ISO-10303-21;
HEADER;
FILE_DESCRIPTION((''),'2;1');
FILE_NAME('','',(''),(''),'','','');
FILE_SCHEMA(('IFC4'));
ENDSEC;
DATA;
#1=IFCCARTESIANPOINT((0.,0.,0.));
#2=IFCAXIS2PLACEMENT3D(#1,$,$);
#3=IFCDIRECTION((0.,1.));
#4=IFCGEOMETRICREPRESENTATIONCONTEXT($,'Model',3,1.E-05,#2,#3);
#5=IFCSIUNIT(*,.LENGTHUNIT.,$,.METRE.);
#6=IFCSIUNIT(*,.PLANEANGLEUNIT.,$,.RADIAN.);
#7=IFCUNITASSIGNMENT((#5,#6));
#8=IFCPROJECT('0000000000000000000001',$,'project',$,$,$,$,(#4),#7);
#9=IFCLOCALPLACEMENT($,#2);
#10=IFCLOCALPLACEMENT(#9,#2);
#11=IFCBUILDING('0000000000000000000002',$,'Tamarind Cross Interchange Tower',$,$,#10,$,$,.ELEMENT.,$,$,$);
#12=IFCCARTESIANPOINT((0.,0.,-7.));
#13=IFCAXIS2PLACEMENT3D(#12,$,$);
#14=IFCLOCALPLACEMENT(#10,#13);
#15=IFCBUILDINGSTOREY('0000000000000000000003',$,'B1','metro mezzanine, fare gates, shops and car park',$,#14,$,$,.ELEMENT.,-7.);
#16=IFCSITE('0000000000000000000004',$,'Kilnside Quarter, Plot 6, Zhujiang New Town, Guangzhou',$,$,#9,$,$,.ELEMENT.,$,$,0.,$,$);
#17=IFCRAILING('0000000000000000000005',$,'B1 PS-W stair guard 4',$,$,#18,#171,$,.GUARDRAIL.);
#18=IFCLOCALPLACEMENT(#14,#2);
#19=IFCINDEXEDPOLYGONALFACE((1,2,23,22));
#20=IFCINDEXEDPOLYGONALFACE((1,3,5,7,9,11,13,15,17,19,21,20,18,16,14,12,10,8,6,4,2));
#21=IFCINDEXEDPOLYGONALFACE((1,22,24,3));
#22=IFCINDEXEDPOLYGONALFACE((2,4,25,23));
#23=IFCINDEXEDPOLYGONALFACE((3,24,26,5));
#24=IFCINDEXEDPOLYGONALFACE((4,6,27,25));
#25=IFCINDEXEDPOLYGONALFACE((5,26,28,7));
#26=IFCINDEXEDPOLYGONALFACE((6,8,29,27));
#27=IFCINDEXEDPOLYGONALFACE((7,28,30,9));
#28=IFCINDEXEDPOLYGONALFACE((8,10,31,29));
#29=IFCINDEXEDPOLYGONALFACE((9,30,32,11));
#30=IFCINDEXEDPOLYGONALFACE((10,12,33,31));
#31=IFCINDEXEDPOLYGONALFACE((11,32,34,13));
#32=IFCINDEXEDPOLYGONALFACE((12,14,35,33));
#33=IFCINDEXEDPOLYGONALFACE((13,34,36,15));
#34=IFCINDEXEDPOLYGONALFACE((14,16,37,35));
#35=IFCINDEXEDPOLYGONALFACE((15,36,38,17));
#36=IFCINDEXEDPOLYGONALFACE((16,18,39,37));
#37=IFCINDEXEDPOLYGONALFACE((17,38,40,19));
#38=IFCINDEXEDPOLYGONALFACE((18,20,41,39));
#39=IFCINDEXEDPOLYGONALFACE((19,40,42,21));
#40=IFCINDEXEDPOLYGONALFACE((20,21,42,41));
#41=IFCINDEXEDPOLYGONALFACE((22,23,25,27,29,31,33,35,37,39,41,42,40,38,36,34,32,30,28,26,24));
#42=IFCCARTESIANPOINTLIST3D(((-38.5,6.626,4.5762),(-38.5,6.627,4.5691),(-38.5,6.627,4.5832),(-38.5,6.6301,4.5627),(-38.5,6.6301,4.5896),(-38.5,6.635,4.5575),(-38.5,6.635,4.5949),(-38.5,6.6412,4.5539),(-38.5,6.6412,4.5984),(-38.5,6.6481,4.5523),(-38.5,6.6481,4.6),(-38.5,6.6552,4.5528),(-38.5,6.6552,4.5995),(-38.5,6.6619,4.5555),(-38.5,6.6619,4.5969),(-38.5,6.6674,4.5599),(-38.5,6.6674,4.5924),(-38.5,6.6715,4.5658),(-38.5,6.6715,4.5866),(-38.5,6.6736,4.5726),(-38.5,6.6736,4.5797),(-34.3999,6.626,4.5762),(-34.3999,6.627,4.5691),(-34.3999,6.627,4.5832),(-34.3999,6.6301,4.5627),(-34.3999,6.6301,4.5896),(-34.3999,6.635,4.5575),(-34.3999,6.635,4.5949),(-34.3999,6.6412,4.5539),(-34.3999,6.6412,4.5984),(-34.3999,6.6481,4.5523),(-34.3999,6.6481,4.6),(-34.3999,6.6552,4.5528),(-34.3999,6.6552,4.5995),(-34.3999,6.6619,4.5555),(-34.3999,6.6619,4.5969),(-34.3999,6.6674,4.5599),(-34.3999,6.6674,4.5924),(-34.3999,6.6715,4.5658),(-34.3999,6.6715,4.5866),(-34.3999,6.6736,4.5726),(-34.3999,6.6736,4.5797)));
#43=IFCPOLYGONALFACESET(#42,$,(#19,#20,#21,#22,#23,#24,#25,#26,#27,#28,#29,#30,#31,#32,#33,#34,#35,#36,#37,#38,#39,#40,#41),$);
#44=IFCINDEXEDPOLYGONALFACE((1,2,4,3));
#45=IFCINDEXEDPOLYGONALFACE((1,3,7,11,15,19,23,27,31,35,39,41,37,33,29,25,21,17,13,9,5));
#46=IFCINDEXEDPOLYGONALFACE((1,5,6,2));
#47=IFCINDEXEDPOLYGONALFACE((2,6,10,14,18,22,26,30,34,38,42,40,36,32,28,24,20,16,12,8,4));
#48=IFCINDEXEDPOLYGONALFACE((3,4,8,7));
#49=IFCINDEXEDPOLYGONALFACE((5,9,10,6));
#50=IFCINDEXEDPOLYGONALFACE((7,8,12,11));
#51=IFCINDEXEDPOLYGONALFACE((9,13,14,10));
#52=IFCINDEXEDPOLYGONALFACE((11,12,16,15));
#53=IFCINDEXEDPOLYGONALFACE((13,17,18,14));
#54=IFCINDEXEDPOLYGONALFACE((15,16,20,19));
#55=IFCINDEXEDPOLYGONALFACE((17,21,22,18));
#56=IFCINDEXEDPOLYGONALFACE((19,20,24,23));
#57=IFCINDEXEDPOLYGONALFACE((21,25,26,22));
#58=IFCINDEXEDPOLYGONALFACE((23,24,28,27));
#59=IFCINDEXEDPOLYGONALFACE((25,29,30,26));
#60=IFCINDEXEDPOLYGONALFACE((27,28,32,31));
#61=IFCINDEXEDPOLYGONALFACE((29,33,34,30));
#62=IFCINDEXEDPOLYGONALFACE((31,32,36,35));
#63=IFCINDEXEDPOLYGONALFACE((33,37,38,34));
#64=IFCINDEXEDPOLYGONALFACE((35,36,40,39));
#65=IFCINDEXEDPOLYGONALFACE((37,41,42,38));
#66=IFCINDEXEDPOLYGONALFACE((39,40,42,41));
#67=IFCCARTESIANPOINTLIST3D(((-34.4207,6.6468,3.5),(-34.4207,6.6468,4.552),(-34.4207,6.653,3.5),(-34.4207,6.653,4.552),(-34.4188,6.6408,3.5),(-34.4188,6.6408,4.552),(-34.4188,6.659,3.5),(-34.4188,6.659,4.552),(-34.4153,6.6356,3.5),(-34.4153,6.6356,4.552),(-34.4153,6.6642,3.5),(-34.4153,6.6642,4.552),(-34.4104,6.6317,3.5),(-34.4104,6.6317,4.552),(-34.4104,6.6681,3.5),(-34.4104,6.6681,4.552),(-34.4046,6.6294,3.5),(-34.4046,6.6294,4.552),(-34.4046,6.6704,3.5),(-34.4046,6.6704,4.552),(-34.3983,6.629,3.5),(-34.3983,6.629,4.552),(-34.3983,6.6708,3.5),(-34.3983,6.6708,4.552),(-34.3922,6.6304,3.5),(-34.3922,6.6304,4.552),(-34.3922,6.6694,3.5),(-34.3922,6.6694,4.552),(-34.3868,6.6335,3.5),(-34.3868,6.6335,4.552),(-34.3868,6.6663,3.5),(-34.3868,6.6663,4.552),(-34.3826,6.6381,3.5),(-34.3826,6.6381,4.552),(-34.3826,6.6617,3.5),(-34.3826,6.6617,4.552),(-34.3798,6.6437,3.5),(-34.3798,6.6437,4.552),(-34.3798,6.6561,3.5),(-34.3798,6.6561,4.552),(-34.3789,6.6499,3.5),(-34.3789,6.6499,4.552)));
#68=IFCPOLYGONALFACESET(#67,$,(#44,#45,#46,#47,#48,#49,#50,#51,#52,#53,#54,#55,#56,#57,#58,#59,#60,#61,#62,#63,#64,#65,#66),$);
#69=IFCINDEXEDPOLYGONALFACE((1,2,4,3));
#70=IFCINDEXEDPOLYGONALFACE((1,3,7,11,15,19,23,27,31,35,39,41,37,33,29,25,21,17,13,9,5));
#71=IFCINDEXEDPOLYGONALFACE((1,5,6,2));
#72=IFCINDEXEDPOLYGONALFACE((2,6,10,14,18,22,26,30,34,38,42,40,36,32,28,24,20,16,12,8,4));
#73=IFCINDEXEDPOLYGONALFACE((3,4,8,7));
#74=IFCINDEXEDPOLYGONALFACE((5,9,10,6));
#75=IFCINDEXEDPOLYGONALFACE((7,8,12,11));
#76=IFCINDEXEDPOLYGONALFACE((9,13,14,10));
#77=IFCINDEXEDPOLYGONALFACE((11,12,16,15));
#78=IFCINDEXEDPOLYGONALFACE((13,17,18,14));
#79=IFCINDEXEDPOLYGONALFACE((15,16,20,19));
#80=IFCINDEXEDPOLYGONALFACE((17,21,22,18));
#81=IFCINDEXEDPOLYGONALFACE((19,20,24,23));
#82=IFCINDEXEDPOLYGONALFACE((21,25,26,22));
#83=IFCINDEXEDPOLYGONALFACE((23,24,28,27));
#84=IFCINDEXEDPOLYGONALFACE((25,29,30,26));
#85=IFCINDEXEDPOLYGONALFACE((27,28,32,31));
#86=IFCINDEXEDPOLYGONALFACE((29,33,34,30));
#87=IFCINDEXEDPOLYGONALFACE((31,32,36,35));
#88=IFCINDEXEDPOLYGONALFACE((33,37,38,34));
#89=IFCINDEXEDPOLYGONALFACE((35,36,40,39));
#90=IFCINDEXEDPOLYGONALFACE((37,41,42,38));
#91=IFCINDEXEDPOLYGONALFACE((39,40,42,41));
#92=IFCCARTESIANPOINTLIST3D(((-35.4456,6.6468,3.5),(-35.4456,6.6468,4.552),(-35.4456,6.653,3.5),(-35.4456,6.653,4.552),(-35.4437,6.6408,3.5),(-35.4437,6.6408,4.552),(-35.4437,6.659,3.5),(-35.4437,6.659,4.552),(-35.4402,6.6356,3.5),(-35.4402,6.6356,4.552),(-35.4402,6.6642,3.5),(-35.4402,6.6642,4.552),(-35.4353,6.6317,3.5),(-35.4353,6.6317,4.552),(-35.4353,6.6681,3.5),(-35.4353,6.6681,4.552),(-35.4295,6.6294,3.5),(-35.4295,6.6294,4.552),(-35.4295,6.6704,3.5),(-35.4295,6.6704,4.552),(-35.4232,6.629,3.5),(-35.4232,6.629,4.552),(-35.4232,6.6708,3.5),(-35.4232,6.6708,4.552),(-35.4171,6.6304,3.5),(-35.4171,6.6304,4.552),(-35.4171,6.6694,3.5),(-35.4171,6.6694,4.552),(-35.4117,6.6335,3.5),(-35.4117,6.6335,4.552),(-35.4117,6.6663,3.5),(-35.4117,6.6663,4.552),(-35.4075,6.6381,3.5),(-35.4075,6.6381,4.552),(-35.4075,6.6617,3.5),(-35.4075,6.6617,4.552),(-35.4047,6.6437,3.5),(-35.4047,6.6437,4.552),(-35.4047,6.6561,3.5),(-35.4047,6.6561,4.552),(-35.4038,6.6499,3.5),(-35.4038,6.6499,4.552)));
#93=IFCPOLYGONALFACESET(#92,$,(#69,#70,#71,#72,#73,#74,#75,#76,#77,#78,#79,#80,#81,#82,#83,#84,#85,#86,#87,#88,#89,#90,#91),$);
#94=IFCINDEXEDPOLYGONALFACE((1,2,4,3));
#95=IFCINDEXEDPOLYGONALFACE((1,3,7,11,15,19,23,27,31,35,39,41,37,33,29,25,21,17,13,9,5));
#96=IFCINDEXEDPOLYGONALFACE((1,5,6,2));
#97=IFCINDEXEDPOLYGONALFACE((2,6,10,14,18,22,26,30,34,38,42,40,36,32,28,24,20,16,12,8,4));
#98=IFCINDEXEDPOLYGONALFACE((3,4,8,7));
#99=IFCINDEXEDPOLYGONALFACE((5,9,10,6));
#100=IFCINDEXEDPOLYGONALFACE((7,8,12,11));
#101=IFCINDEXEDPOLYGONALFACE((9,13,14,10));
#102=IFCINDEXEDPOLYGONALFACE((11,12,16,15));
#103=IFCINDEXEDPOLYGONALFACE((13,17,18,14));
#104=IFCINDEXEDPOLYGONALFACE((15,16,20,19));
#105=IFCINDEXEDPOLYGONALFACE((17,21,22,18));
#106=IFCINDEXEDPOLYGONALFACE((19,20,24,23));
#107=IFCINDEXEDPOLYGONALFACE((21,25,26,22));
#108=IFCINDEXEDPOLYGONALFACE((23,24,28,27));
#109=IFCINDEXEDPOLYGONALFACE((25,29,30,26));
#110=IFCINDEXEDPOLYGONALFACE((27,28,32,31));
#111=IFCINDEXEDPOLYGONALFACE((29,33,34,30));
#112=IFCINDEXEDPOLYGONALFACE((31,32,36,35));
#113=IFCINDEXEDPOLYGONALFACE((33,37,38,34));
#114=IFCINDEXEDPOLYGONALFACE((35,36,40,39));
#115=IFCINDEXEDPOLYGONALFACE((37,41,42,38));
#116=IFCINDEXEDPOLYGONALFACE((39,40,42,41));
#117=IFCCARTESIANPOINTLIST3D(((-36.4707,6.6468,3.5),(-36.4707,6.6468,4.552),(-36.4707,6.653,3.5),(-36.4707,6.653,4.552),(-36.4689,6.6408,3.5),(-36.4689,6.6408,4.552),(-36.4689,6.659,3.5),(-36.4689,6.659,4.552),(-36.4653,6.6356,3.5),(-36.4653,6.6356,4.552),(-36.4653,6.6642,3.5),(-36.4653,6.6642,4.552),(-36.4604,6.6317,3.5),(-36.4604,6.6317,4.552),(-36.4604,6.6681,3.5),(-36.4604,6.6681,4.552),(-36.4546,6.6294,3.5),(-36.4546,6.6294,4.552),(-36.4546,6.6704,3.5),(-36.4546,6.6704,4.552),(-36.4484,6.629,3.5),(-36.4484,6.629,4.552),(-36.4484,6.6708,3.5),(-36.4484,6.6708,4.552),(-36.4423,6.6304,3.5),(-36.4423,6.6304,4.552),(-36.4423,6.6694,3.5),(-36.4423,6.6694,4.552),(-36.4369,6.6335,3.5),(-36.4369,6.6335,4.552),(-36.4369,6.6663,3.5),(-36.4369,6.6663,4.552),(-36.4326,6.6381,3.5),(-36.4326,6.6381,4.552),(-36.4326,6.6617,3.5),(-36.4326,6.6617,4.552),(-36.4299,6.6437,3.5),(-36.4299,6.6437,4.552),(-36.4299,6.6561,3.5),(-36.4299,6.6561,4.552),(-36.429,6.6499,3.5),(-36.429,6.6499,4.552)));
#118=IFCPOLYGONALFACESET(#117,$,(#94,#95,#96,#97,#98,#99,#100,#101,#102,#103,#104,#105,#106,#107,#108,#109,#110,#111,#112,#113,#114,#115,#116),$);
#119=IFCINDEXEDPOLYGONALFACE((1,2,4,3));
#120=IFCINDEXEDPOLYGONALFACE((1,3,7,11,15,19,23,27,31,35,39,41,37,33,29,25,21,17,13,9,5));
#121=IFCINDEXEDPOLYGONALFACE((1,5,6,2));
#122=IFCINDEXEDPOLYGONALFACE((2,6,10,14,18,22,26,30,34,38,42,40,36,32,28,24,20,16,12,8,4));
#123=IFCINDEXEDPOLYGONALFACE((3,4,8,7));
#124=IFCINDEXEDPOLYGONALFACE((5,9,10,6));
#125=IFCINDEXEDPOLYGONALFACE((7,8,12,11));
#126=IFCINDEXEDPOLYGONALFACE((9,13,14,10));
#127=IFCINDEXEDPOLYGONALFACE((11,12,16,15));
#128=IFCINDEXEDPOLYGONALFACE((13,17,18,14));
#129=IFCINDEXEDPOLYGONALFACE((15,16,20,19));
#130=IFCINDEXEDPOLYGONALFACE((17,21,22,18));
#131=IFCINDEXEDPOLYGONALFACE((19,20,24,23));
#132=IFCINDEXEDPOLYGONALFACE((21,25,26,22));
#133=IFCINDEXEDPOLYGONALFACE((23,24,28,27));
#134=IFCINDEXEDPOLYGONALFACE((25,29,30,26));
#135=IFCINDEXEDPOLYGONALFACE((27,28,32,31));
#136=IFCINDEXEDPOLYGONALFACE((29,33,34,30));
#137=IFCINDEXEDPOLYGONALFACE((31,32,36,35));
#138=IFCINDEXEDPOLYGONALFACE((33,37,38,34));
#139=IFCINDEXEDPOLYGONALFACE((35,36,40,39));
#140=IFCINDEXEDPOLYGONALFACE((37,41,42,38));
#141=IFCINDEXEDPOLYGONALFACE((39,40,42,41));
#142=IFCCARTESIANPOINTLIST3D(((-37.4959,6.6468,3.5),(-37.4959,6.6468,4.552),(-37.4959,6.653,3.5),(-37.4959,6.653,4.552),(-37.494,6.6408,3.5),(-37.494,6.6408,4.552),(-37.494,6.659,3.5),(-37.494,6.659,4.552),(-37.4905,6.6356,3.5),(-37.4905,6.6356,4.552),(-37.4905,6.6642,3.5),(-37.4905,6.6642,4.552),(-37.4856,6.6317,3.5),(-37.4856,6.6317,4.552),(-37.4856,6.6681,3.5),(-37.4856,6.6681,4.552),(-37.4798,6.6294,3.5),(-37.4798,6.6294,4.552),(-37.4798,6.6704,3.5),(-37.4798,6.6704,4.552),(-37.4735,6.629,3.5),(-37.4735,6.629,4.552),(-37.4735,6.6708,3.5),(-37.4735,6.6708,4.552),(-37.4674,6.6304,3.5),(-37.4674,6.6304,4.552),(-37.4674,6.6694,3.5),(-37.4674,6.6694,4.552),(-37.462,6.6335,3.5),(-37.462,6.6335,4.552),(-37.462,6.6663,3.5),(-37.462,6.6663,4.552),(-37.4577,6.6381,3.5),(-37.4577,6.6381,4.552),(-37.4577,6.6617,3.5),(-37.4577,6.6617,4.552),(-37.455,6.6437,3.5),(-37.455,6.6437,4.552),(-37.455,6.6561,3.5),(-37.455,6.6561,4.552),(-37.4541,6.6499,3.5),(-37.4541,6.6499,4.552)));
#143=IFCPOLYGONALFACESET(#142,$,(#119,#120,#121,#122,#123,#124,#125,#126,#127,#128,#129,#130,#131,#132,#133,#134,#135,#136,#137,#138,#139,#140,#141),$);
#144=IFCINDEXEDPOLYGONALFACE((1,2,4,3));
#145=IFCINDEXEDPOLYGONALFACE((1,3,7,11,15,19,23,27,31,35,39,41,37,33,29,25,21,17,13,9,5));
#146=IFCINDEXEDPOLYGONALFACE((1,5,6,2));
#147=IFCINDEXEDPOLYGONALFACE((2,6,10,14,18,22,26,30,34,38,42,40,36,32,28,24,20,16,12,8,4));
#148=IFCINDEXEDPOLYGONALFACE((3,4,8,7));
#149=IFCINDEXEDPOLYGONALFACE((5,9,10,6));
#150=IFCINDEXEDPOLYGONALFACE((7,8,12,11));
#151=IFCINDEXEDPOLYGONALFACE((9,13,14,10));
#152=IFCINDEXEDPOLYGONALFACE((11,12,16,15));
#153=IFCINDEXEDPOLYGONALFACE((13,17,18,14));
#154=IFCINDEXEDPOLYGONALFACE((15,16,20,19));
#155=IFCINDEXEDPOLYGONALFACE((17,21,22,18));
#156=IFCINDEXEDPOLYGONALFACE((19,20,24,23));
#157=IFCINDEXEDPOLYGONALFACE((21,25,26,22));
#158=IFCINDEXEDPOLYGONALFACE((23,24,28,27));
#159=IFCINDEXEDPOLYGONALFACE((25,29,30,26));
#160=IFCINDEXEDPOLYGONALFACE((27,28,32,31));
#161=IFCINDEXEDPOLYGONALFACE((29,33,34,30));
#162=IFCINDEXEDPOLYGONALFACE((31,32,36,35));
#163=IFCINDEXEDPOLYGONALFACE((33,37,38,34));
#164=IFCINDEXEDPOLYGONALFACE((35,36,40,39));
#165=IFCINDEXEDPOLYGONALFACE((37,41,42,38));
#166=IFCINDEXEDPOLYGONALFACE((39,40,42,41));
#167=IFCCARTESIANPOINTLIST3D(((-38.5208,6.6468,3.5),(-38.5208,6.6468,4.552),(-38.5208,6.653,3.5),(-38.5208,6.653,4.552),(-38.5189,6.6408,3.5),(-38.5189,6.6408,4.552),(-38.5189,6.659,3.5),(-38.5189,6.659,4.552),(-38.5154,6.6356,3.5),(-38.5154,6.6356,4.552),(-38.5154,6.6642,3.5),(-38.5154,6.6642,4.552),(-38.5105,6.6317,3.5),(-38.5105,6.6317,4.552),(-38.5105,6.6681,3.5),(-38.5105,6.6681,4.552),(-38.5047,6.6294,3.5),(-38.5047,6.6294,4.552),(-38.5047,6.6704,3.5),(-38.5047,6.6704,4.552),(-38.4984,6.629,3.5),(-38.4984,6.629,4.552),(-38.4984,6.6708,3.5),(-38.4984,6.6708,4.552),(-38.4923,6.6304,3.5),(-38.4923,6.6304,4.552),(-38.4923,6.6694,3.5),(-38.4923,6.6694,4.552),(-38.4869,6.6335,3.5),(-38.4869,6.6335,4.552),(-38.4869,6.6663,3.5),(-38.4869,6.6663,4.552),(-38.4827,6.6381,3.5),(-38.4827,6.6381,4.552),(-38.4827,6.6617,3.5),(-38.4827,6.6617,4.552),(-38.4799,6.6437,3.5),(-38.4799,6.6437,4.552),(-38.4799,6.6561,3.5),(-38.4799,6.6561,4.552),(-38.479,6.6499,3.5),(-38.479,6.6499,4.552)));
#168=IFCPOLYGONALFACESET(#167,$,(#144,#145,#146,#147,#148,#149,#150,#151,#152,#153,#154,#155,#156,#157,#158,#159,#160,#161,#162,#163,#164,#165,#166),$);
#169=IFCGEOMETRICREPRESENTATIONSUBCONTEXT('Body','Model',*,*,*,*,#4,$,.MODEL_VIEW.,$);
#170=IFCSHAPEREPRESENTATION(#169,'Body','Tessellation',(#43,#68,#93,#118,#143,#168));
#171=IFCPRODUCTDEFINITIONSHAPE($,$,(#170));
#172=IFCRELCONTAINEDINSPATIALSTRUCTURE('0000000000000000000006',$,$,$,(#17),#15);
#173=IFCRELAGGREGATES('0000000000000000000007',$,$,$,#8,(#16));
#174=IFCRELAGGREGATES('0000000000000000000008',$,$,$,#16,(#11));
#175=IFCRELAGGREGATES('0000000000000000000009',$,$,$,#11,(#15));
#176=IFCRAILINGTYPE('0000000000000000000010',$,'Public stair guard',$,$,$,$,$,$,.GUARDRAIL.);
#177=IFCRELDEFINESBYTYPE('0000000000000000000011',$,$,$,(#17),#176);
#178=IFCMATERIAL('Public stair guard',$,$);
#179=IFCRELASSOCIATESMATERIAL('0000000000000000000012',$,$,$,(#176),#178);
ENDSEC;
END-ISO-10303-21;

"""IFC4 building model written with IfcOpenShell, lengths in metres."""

from ifc_helpers import new_model, si_unit, direction, frame, origin, origin_2d, place, context, subcontext, project, spatial, circle, extrude, material, type_object, element, save


model = new_model("IFC4")

# Units and contexts
model_context = context("Model", 3, precision=1e-05, world=origin(), true_north=direction((0.0, 1.0)))
body_context = subcontext(model_context, "Body", "Model", "MODEL_VIEW")
ifc_project = project(units=[si_unit("LENGTHUNIT", "METRE"), si_unit("PLANEANGLEUNIT", "RADIAN")], contexts=[model_context])

# Site, building, storey
site_placement = place(None, origin())
site = spatial("IfcSite", under=ifc_project, at=site_placement, Name="Kilnside Quarter, Plot 6, Zhujiang New Town, Guangzhou", CompositionType="ELEMENT", RefElevation=0.0)
building_placement = place(site_placement, origin())
building = spatial("IfcBuilding", under=site, at=building_placement, Name="Tamarind Cross Interchange Tower", CompositionType="ELEMENT")
storey_placement = place(building_placement, frame((0.0, 0.0, -7.0)))
storey = spatial("IfcBuildingStorey", under=building, at=storey_placement, Name="B1", Description="metro mezzanine, fare gates, shops and car park", CompositionType="ELEMENT", Elevation=-7.0)

# Railing
ifc_material_1 = material(Name="Public stair guard")
railing_type_1 = type_object("IfcRailingType", Name="Public stair guard", PredefinedType="GUARDRAIL", material=ifc_material_1)
for number, where, name in (
    (1, (-34.3999, 6.6499, 3.5), "B1 PS-W stair guard 4"),
):
    element("IfcRailing", number, at=place(storey_placement, frame(where)), inside=storey, type_object=railing_type_1, Name=name, PredefinedType="GUARDRAIL", context=body_context, shape_type="SweptSolid", body=[
        extrude(circle(Radius=0.0239, at=origin_2d()), frame((0.0, 0.0, 1.0762), z_axis=(-1.0, 0.0, 0.0), x_axis=(0.0, -1.0, 0.0)), (0.0, 0.0, 1.0), 4.1001),
        extrude(circle(Radius=0.021, at=origin_2d()), origin(), (0.0, 0.0, 1.0), 1.052),
        extrude(circle(Radius=0.021, at=origin_2d()), frame((-1.0249, 0.0, 0.0)), (0.0, 0.0, 1.0), 1.052),
        extrude(circle(Radius=0.021, at=origin_2d()), frame((-2.05, 0.0, 0.0)), (0.0, 0.0, 1.0), 1.052),
        extrude(circle(Radius=0.021, at=origin_2d()), frame((-3.0752, 0.0, 0.0)), (0.0, 0.0, 1.0), 1.052),
        extrude(circle(Radius=0.021, at=origin_2d()), frame((-4.1001, 0.0, 0.0)), (0.0, 0.0, 1.0), 1.052),
    ])

save(model, "model.ifc")
